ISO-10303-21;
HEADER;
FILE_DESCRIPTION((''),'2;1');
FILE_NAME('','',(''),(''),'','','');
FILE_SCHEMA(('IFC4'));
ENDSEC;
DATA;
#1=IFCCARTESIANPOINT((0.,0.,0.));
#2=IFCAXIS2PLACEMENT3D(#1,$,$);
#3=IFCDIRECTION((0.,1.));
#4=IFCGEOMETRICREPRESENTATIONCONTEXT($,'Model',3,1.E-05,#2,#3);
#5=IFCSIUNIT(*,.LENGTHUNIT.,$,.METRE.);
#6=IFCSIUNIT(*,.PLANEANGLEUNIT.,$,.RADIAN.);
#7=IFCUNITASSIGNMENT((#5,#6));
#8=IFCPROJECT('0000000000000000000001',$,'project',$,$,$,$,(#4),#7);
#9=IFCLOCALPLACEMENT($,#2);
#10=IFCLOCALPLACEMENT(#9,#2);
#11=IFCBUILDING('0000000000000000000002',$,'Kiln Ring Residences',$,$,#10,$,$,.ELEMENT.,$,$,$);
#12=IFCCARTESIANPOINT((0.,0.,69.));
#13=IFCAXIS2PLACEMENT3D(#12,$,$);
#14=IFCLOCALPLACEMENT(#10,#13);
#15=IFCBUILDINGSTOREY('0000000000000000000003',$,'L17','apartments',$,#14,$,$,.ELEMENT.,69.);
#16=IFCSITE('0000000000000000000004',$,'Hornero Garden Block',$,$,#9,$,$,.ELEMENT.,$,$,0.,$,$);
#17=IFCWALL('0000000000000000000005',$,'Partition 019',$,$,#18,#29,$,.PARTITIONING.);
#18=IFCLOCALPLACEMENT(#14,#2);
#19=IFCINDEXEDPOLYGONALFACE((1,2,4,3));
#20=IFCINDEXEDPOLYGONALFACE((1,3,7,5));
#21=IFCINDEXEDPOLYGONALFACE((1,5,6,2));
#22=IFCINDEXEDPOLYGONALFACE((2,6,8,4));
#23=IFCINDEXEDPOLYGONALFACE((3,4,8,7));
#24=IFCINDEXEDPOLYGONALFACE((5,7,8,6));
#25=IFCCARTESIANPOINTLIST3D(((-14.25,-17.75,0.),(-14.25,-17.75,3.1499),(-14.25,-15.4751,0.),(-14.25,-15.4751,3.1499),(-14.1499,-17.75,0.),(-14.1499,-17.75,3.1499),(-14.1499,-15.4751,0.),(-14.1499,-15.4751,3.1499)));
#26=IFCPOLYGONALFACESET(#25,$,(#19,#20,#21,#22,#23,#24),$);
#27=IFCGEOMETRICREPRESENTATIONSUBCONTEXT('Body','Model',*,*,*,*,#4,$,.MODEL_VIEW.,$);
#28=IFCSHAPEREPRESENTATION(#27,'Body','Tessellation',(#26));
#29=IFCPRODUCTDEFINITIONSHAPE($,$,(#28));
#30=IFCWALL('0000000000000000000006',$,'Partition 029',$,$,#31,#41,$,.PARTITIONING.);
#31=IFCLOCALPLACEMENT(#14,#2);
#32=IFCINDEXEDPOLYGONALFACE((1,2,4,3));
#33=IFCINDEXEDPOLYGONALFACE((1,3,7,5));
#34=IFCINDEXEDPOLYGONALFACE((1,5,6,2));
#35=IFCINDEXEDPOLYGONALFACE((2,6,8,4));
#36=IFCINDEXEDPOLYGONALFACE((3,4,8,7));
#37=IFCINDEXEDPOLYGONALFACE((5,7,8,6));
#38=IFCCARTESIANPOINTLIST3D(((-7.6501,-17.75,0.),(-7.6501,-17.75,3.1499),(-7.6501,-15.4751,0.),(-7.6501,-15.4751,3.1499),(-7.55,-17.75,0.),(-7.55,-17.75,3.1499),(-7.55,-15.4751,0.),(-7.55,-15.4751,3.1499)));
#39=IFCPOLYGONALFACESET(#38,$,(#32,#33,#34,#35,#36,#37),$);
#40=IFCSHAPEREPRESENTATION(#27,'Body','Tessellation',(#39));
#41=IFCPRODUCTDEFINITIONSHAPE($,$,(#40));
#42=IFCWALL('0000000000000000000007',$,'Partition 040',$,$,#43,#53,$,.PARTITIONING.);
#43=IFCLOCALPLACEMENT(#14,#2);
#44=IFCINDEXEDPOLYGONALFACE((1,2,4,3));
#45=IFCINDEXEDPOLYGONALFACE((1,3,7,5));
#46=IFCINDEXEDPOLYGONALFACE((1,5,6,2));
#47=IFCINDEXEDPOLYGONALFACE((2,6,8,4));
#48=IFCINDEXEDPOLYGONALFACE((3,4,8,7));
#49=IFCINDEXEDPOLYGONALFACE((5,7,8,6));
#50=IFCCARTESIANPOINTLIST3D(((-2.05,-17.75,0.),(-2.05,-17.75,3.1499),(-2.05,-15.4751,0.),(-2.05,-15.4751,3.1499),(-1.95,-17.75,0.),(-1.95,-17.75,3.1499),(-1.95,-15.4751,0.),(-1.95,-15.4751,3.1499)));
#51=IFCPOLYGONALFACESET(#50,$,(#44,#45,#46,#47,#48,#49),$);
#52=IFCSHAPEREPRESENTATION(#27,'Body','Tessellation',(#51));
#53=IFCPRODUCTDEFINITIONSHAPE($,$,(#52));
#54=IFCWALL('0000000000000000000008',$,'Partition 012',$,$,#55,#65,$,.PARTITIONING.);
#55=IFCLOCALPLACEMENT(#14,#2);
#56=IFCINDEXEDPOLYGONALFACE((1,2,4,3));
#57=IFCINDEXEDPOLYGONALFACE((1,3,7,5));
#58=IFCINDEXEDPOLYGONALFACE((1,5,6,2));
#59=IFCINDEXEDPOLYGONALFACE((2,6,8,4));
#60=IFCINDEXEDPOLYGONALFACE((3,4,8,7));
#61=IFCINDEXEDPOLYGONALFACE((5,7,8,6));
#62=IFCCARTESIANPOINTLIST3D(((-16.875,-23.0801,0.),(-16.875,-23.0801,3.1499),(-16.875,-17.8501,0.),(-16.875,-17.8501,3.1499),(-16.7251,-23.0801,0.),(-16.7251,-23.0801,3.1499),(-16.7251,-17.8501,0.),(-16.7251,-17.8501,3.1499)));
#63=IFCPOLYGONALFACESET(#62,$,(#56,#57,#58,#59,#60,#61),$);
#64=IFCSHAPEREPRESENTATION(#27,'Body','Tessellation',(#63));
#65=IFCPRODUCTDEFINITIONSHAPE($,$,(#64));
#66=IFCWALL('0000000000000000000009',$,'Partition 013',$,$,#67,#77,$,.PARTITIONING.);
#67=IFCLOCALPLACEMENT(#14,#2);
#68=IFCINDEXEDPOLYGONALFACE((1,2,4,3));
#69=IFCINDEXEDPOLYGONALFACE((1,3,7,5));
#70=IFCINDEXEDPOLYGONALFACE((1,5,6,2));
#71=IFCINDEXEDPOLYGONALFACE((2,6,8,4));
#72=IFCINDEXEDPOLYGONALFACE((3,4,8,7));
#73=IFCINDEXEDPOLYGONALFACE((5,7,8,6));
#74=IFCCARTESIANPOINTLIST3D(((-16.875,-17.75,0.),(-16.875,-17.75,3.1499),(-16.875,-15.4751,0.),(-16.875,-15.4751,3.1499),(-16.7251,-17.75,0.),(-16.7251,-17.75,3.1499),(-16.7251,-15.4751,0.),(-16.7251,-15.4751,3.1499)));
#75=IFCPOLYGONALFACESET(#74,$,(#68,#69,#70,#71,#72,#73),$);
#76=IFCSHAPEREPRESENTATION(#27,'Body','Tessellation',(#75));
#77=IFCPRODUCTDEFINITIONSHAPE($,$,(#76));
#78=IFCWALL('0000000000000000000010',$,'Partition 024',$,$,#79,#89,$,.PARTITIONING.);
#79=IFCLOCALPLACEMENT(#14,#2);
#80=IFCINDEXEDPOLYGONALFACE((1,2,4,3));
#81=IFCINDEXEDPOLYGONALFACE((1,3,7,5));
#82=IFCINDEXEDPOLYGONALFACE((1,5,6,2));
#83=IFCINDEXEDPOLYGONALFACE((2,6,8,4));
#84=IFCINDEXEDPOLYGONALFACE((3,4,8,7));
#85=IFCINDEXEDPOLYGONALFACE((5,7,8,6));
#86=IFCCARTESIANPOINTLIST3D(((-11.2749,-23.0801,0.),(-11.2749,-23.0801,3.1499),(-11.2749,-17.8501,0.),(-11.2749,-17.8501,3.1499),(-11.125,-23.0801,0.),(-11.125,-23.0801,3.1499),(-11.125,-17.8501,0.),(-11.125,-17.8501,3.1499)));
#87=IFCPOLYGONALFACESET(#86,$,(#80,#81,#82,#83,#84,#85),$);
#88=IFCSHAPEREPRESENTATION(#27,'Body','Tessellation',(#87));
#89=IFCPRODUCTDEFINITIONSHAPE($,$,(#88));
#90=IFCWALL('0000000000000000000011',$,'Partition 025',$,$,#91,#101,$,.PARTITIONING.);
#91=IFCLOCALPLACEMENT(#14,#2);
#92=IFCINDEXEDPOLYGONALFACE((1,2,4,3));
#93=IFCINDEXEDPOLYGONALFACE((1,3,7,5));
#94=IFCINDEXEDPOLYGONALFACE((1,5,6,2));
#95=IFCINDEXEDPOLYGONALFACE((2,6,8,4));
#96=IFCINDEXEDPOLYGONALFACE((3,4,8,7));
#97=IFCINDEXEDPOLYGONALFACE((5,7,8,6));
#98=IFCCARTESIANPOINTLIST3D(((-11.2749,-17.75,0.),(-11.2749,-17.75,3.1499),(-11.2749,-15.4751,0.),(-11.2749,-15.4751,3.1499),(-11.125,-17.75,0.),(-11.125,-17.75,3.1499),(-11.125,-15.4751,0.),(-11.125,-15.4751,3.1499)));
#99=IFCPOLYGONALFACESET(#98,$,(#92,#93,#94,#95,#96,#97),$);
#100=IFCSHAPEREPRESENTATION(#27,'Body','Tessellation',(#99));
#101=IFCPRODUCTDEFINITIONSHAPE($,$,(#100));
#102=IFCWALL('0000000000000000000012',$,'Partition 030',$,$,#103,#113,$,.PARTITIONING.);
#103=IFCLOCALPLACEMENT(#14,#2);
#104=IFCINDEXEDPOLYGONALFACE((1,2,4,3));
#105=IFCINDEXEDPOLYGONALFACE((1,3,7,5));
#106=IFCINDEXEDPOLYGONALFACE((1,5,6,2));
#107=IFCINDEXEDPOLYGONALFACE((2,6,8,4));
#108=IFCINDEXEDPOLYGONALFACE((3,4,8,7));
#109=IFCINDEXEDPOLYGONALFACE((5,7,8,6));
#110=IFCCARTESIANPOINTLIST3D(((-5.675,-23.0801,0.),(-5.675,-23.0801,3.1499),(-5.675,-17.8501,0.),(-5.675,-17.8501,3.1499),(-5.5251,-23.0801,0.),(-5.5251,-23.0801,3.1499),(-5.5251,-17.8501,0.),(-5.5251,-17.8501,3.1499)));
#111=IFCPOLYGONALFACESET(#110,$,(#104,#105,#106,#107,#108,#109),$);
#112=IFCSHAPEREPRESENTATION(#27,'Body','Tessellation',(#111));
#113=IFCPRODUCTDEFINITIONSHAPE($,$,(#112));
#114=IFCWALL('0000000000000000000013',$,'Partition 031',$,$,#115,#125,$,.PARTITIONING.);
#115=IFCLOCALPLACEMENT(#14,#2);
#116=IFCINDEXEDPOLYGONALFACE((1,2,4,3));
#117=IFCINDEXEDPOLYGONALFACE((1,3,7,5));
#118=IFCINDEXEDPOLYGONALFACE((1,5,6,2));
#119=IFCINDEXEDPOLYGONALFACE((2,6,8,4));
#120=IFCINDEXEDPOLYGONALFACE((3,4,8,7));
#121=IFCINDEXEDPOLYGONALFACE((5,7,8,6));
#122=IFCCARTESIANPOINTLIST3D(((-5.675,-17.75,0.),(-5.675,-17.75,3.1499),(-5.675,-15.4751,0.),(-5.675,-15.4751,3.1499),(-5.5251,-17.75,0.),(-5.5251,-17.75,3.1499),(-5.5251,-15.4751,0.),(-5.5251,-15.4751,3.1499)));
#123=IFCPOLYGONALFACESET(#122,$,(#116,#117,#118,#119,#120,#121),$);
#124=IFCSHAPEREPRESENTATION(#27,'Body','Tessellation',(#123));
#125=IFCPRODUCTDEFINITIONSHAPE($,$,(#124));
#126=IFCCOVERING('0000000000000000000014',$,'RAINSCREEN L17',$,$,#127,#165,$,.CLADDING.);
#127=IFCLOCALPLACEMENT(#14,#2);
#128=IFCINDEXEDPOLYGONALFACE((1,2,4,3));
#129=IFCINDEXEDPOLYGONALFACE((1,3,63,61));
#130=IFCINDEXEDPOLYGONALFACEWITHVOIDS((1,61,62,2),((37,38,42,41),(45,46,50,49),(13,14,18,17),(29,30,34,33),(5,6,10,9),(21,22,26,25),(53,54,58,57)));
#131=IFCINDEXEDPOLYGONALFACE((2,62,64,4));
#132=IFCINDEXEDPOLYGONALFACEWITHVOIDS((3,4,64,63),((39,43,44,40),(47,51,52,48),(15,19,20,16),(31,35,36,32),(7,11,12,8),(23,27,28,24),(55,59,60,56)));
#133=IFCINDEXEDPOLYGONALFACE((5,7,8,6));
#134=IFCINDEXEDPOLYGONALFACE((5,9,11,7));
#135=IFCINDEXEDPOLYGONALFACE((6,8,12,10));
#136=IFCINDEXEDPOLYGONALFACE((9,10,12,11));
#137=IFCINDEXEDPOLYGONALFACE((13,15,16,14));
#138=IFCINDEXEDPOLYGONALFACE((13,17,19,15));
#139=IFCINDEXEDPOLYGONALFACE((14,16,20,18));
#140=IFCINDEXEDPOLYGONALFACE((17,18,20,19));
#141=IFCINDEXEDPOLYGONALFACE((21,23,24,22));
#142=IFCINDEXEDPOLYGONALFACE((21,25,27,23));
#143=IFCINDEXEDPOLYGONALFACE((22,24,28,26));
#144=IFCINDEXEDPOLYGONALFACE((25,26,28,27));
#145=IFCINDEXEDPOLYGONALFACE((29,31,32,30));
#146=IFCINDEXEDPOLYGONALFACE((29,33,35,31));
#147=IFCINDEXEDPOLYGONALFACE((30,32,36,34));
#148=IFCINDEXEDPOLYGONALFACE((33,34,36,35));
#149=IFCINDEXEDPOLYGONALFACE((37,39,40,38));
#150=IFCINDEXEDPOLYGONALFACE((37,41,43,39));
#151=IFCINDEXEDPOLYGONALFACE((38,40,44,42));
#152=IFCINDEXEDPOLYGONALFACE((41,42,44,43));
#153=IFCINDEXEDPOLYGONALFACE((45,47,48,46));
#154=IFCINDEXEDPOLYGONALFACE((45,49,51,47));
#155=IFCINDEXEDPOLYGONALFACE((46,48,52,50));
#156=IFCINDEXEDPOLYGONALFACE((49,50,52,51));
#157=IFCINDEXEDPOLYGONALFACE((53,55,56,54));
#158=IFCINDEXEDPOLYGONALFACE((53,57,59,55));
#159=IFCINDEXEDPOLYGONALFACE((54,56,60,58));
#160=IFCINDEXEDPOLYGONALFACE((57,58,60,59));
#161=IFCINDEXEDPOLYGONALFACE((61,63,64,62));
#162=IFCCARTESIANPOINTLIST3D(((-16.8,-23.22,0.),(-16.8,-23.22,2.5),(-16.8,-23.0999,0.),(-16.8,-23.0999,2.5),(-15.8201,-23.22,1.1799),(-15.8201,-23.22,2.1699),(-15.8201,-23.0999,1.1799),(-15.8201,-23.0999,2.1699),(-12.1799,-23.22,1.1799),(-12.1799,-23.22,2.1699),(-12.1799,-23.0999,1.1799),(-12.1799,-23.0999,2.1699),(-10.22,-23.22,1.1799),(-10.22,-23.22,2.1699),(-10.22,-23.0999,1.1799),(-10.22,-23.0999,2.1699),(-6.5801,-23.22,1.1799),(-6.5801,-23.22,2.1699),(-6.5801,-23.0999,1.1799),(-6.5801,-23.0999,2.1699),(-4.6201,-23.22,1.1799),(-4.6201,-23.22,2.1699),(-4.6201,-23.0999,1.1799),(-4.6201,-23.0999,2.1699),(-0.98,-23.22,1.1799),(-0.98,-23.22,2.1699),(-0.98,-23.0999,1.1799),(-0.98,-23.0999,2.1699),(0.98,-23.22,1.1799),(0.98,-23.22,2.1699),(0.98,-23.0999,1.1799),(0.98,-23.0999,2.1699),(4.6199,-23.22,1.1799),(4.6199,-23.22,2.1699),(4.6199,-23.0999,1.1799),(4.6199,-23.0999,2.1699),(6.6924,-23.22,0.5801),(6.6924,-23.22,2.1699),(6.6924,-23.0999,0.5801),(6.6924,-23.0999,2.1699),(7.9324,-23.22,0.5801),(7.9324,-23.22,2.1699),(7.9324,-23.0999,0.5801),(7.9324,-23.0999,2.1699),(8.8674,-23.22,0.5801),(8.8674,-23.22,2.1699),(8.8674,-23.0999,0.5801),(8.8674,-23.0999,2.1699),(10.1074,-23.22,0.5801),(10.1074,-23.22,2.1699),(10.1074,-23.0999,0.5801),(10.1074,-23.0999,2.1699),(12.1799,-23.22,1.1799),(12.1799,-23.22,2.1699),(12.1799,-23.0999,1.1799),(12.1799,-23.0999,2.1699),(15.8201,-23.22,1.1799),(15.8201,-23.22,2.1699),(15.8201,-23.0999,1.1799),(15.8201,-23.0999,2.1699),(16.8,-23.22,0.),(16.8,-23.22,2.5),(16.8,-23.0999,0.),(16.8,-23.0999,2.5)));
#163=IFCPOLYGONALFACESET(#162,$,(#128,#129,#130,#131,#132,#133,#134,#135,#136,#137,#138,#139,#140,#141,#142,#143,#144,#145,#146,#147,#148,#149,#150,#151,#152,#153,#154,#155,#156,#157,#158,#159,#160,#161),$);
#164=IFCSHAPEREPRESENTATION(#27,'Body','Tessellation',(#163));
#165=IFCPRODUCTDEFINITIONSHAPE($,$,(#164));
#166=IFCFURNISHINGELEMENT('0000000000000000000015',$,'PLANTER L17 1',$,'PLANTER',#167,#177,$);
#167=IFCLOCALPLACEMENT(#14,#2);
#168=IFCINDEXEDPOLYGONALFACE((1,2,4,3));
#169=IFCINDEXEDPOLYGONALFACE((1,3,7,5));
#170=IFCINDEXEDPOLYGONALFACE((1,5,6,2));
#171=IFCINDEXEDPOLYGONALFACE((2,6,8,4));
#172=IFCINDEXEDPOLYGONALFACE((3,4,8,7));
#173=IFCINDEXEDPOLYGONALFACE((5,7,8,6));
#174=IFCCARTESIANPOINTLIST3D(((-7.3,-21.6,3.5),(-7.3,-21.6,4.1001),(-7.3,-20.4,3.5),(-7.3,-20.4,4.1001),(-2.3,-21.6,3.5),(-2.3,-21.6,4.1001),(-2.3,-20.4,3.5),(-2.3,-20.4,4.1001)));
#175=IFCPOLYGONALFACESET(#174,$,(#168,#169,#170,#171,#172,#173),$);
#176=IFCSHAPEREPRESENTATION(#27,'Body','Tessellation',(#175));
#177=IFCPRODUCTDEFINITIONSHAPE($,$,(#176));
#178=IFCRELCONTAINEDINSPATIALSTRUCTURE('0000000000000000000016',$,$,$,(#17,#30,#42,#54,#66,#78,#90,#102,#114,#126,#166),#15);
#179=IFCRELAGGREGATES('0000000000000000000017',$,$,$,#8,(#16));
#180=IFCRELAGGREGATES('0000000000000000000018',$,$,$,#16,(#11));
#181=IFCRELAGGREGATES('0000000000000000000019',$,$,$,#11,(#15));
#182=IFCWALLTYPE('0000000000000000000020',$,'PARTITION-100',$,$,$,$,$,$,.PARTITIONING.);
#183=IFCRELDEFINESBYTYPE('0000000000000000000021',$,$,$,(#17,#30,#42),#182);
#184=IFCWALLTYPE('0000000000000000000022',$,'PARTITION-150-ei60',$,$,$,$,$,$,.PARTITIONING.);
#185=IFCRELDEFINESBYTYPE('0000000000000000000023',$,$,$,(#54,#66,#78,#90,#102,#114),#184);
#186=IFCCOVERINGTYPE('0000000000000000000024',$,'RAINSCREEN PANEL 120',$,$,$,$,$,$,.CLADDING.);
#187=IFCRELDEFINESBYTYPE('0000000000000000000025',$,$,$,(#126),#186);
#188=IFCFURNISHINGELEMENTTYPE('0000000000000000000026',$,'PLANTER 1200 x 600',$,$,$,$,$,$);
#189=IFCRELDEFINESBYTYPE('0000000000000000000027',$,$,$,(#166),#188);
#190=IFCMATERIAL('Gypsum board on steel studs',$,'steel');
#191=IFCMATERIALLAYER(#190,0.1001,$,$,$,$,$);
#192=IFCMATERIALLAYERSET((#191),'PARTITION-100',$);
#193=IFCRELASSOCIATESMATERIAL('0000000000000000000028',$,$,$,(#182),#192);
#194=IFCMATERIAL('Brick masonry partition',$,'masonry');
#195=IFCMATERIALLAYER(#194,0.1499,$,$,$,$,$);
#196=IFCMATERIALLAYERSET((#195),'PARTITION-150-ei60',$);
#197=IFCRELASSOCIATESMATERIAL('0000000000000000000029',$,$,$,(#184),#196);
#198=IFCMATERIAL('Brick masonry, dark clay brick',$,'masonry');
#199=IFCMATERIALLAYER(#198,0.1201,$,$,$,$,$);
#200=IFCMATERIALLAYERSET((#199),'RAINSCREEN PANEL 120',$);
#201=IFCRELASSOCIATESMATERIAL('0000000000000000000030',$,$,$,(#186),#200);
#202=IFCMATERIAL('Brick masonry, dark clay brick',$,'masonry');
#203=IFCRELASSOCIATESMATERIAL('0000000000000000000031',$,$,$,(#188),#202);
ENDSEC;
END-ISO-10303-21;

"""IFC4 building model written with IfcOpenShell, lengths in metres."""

from ifc_helpers import new_model, si_unit, direction, frame, frame_2d, origin, origin_2d, place, context, subcontext, project, spatial, polyline, rectangle, outline, extrude, material, layer, layer_set, type_object, element, save


model = new_model("IFC4")

# Units and contexts
model_context = context("Model", 3, precision=1e-05, world=origin(), true_north=direction((0.0, 1.0)))
body_context = subcontext(model_context, "Body", "Model", "MODEL_VIEW")
ifc_project = project(units=[si_unit("LENGTHUNIT", "METRE"), si_unit("PLANEANGLEUNIT", "RADIAN")], contexts=[model_context])

# Site, building, storey
site_placement = place(None, origin())
site = spatial("IfcSite", under=ifc_project, at=site_placement, Name="Hornero Garden Block", CompositionType="ELEMENT", RefElevation=0.0)
building_placement = place(site_placement, origin())
building = spatial("IfcBuilding", under=site, at=building_placement, Name="Kiln Ring Residences", CompositionType="ELEMENT")
storey_placement = place(building_placement, frame((0.0, 0.0, 69.0)))
storey = spatial("IfcBuildingStorey", under=building, at=storey_placement, Name="L17", Description="apartments", CompositionType="ELEMENT", Elevation=69.0)

# Walls
ifc_material_1 = material(Name="Gypsum board on steel studs", Category="steel")
ifc_layer_1 = layer(ifc_material_1, 0.1001)
ifc_layer_set_1 = layer_set([ifc_layer_1], Name="PARTITION-100")
wall_type_1 = type_object("IfcWallType", Name="PARTITION-100", PredefinedType="PARTITIONING", material=ifc_layer_set_1)
for number, where, z_axis, x_axis, name in (
    (1, (-14.2, -17.75, 0.0), (0.0, 0.0, 1.0), (0.0, 1.0, 0.0), "Partition 019"),
    (2, (-7.6001, -17.75, 0.0), (0.0, 0.0, 1.0), (0.0, 1.0, 0.0), "Partition 029"),
    (3, (-2.0, -17.75, 0.0), (0.0, 0.0, 1.0), (0.0, 1.0, 0.0), "Partition 040"),
):
    element("IfcWall", number, at=place(storey_placement, frame(where, z_axis=z_axis, x_axis=x_axis)), inside=storey, type_object=wall_type_1, Name=name, PredefinedType="PARTITIONING", context=body_context, shape_type="SweptSolid", body=[
        extrude(rectangle(XDim=2.2749, YDim=0.1001, at=frame_2d((1.1375, 0.0))), origin(), (0.0, 0.0, 1.0), 3.1499),
    ])
ifc_material_2 = material(Name="Brick masonry partition", Category="masonry")
ifc_layer_2 = layer(ifc_material_2, 0.1499)
ifc_layer_set_2 = layer_set([ifc_layer_2], Name="PARTITION-150-ei60")
wall_type_2 = type_object("IfcWallType", Name="PARTITION-150-ei60", PredefinedType="PARTITIONING", material=ifc_layer_set_2)
wall_1_placement = place(storey_placement, frame((-16.8, -23.0801, 0.0), z_axis=(0.0, 0.0, 1.0), x_axis=(0.0, 1.0, 0.0)))
element("IfcWall", 4, at=wall_1_placement, inside=storey, type_object=wall_type_2, Name="Partition 012", PredefinedType="PARTITIONING", context=body_context, shape_type="SweptSolid", body=[
    extrude(rectangle(XDim=5.23, YDim=0.1499, at=frame_2d((2.615, 0.0))), origin(), (0.0, 0.0, 1.0), 3.1499),
])
wall_2_placement = place(storey_placement, frame((-16.8, -17.75, 0.0), z_axis=(0.0, 0.0, 1.0), x_axis=(0.0, 1.0, 0.0)))
element("IfcWall", 5, at=wall_2_placement, inside=storey, type_object=wall_type_2, Name="Partition 013", PredefinedType="PARTITIONING", context=body_context, shape_type="SweptSolid", body=[
    extrude(rectangle(XDim=2.2749, YDim=0.1499, at=frame_2d((1.1375, 0.0))), origin(), (0.0, 0.0, 1.0), 3.1499),
])
wall_3_placement = place(storey_placement, frame((-11.2, -23.0801, 0.0), z_axis=(0.0, 0.0, 1.0), x_axis=(0.0, 1.0, 0.0)))
element("IfcWall", 6, at=wall_3_placement, inside=storey, type_object=wall_type_2, Name="Partition 024", PredefinedType="PARTITIONING", context=body_context, shape_type="SweptSolid", body=[
    extrude(rectangle(XDim=5.23, YDim=0.1499, at=frame_2d((2.615, 0.0))), origin(), (0.0, 0.0, 1.0), 3.1499),
])
wall_4_placement = place(storey_placement, frame((-11.2, -17.75, 0.0), z_axis=(0.0, 0.0, 1.0), x_axis=(0.0, 1.0, 0.0)))
element("IfcWall", 7, at=wall_4_placement, inside=storey, type_object=wall_type_2, Name="Partition 025", PredefinedType="PARTITIONING", context=body_context, shape_type="SweptSolid", body=[
    extrude(rectangle(XDim=2.2749, YDim=0.1499, at=frame_2d((1.1375, 0.0))), origin(), (0.0, 0.0, 1.0), 3.1499),
])
wall_5_placement = place(storey_placement, frame((-5.6001, -23.0801, 0.0), z_axis=(0.0, 0.0, 1.0), x_axis=(0.0, 1.0, 0.0)))
element("IfcWall", 8, at=wall_5_placement, inside=storey, type_object=wall_type_2, Name="Partition 030", PredefinedType="PARTITIONING", context=body_context, shape_type="SweptSolid", body=[
    extrude(rectangle(XDim=5.23, YDim=0.1499, at=frame_2d((2.615, 0.0))), origin(), (0.0, 0.0, 1.0), 3.1499),
])
wall_6_placement = place(storey_placement, frame((-5.6001, -17.75, 0.0), z_axis=(0.0, 0.0, 1.0), x_axis=(0.0, 1.0, 0.0)))
element("IfcWall", 9, at=wall_6_placement, inside=storey, type_object=wall_type_2, Name="Partition 031", PredefinedType="PARTITIONING", context=body_context, shape_type="SweptSolid", body=[
    extrude(rectangle(XDim=2.2749, YDim=0.1499, at=frame_2d((1.1375, 0.0))), origin(), (0.0, 0.0, 1.0), 3.1499),
])

# Covering
ifc_material_3 = material(Name="Brick masonry, dark clay brick", Category="masonry")
ifc_layer_3 = layer(ifc_material_3, 0.1201)
ifc_layer_set_3 = layer_set([ifc_layer_3], Name="RAINSCREEN PANEL 120")
covering_type = type_object("IfcCoveringType", Name="RAINSCREEN PANEL 120", PredefinedType="CLADDING", material=ifc_layer_set_3)
covering_placement = place(storey_placement, frame((-16.8, -23.1599, 0.0), z_axis=(0.0, 0.0, 1.0), x_axis=(1.0, 0.0, 0.0)))
element("IfcCovering", 10, at=covering_placement, inside=storey, type_object=covering_type, Name="RAINSCREEN L17", PredefinedType="CLADDING", context=body_context, shape_type="SweptSolid", body=[
    extrude(outline(polyline([(0.0, 0.0), (33.6001, 0.0), (33.6001, 2.5), (0.0, 2.5), (0.0, 0.0)]), holes=[polyline([(24.7324, 0.5801), (24.7324, 2.1699), (23.4924, 2.1699), (23.4924, 0.5801), (24.7324, 0.5801)]), polyline([(25.6675, 0.5801), (26.9075, 0.5801), (26.9075, 2.1699), (25.6675, 2.1699), (25.6675, 0.5801)]), polyline([(0.98, 1.1799), (4.6201, 1.1799), (4.6201, 2.1699), (0.98, 2.1699), (0.98, 1.1799)]), polyline([(6.5801, 1.1799), (10.22, 1.1799), (10.22, 2.1699), (6.5801, 2.1699), (6.5801, 1.1799)]), polyline([(12.1799, 1.1799), (15.8201, 1.1799), (15.8201, 2.1699), (12.1799, 2.1699), (12.1799, 1.1799)]), polyline([(17.78, 1.1799), (21.4199, 1.1799), (21.4199, 2.1699), (17.78, 2.1699), (17.78, 1.1799)]), polyline([(28.98, 1.1799), (32.6201, 1.1799), (32.6201, 2.1699), (28.98, 2.1699), (28.98, 1.1799)])]), frame((0.0, 0.0601, 0.0), z_axis=(0.0, -1.0, 0.0), x_axis=(1.0, 0.0, 0.0)), (0.0, 0.0, 1.0), 0.1201),
])

# Furnishing element
ifc_material_4 = material(Name="Brick masonry, dark clay brick", Category="masonry")
furnishing_element_type = type_object("IfcFurnishingElementType", Name="PLANTER 1200 x 600", material=ifc_material_4)
furnishing_placement = place(storey_placement, frame((-4.8, -21.0, 3.5), z_axis=(0.0, 0.0, 1.0), x_axis=(1.0, 0.0, 0.0)))
element("IfcFurnishingElement", 11, at=furnishing_placement, inside=storey, type_object=furnishing_element_type, Name="PLANTER L17 1", ObjectType="PLANTER", context=body_context, shape_type="SweptSolid", body=[
    extrude(rectangle(XDim=5.0, YDim=1.2, at=origin_2d()), origin(), (0.0, 0.0, 1.0), 0.6001),
])

save(model, "model.ifc")
